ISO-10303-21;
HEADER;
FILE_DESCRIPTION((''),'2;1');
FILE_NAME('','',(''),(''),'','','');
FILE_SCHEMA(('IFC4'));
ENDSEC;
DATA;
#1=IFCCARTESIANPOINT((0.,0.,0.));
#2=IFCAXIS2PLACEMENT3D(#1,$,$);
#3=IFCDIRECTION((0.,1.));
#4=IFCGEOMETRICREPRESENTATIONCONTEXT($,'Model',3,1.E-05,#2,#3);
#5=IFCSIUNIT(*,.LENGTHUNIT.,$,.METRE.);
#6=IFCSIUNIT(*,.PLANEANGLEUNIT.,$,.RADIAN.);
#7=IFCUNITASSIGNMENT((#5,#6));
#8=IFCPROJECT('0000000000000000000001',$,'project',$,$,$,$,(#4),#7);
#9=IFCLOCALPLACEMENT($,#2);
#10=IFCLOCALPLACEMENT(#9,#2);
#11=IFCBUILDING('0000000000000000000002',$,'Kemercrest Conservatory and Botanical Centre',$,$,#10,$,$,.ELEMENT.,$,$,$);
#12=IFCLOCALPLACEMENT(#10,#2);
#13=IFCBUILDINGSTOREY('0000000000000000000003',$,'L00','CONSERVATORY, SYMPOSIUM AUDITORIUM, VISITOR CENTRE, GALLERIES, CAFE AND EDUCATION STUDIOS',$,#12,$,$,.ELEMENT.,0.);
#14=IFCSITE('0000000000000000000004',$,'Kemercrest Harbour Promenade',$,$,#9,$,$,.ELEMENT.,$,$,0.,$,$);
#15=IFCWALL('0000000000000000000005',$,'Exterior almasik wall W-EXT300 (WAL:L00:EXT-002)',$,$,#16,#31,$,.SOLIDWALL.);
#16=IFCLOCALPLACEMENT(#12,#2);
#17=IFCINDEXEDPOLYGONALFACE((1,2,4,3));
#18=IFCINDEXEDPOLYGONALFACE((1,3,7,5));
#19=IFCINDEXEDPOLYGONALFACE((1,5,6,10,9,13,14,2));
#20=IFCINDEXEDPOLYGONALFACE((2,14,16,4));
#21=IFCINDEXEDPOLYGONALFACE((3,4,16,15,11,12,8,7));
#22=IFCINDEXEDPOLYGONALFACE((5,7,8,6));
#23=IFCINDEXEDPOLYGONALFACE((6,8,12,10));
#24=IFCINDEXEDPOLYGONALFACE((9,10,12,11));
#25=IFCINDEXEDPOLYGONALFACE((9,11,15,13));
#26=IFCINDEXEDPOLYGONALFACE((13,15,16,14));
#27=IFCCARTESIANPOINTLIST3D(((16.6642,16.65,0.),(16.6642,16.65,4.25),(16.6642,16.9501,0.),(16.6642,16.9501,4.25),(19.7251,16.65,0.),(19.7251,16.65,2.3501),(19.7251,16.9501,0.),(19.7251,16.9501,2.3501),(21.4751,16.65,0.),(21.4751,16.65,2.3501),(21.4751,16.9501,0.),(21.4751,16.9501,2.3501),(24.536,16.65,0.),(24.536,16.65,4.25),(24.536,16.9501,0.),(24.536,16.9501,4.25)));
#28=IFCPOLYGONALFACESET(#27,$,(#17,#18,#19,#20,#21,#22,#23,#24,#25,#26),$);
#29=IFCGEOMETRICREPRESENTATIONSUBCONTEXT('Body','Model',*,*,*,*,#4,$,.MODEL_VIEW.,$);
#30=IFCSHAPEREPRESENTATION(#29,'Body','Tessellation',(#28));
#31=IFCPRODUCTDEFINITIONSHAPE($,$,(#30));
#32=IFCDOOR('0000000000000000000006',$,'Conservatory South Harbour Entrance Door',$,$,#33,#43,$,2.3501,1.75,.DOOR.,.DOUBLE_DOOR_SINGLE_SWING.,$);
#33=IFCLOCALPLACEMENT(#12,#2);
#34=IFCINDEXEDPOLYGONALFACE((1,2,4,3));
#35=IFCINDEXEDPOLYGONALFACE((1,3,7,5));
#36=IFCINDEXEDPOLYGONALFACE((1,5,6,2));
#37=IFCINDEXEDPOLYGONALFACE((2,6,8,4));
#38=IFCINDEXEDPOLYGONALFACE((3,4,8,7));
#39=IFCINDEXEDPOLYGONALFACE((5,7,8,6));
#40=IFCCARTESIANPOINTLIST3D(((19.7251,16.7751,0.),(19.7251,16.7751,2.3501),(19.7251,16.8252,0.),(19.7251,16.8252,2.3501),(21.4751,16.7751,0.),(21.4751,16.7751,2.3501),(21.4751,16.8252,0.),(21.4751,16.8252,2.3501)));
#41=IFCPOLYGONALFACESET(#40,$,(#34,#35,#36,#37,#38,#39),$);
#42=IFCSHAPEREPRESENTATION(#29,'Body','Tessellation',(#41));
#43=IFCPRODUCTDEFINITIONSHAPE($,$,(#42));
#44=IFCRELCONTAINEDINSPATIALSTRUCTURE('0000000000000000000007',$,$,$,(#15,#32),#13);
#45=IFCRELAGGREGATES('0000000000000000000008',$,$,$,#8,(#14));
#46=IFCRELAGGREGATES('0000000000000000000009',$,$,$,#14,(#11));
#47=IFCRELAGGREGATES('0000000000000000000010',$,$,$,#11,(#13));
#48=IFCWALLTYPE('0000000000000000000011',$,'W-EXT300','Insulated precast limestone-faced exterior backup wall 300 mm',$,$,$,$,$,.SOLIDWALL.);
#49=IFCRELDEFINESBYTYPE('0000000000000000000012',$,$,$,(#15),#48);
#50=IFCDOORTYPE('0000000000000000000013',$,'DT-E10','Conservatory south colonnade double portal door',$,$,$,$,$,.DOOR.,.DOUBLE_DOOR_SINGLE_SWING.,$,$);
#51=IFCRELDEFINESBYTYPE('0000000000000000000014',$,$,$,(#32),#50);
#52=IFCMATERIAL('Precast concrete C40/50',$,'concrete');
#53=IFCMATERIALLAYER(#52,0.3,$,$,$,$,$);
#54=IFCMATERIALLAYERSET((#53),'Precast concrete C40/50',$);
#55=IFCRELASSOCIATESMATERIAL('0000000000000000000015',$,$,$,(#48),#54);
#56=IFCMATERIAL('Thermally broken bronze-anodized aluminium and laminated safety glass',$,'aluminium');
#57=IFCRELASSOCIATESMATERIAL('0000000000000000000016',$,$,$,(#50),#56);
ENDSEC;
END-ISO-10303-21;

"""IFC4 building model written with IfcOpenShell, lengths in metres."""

from ifc_helpers import new_model, si_unit, direction, frame, frame_2d, origin, place, context, subcontext, project, spatial, rectangle, extrude, material, layer, layer_set, type_object, element, fill, save


model = new_model("IFC4")

# Units and contexts
model_context = context("Model", 3, precision=1e-05, world=origin(), true_north=direction((0.0, 1.0)))
body_context = subcontext(model_context, "Body", "Model", "MODEL_VIEW")
ifc_project = project(units=[si_unit("LENGTHUNIT", "METRE"), si_unit("PLANEANGLEUNIT", "RADIAN")], contexts=[model_context])

# Site, building, storey
site_placement = place(None, origin())
site = spatial("IfcSite", under=ifc_project, at=site_placement, Name="Kemercrest Harbour Promenade", CompositionType="ELEMENT", RefElevation=0.0)
building_placement = place(site_placement, origin())
building = spatial("IfcBuilding", under=site, at=building_placement, Name="Kemercrest Conservatory and Botanical Centre", CompositionType="ELEMENT")
storey_placement = place(building_placement, origin())
storey = spatial("IfcBuildingStorey", under=building, at=storey_placement, Name="L00", Description="CONSERVATORY, SYMPOSIUM AUDITORIUM, VISITOR CENTRE, GALLERIES, CAFE AND EDUCATION STUDIOS", CompositionType="ELEMENT", Elevation=0.0)

# Shared definitions
ifc_material_1 = material(Name="Precast concrete C40/50", Category="concrete")

# Wall, opening, door
ifc_layer_1 = layer(ifc_material_1, 0.3)
ifc_layer_set_1 = layer_set([ifc_layer_1], Name="Precast concrete C40/50")
wall_type = type_object("IfcWallType", Name="W-EXT300", Description="Insulated precast limestone-faced exterior backup wall 300 mm", PredefinedType="SOLIDWALL", material=ifc_layer_set_1)
ifc_material_2 = material(Name="Thermally broken bronze-anodized aluminium and laminated safety glass", Category="aluminium")
door_type = type_object("IfcDoorType", Name="DT-E10", Description="Conservatory south colonnade double portal door", OperationType="DOUBLE_DOOR_SINGLE_SWING", PredefinedType="DOOR", material=ifc_material_2)
wall_1_placement = place(storey_placement, frame((16.6641, 16.8, 0.0), z_axis=(0.0, 0.0, 1.0), x_axis=(1.0, 0.0, 0.0)))
wall_1 = element("IfcWall", 1, at=wall_1_placement, inside=storey, type_object=wall_type, Name="Exterior almasik wall W-EXT300 (WAL:L00:EXT-002)", PredefinedType="SOLIDWALL", context=body_context, shape_type="SweptSolid", body=[
    extrude(rectangle(XDim=7.8718, YDim=0.3, at=frame_2d((3.936, 0.0))), origin(), (0.0, 0.0, 1.0), 4.25),
])
opening_1_placement = place(wall_1_placement, frame((3.061, 0.0, 0.0)))
opening_1 = element("IfcOpeningElement", 2, at=opening_1_placement, cuts=wall_1, PredefinedType="OPENING", context=body_context, shape_type="SweptSolid", body=[
    extrude(rectangle(XDim=1.75, YDim=2.3501, at=frame_2d((0.875, 1.175))), frame((0.0, 0.1602, 0.0), z_axis=(0.0, -1.0, 0.0), x_axis=(1.0, 0.0, 0.0)), (0.0, 0.0, 1.0), 0.3201),
])
door_1_placement = place(opening_1_placement, frame((1.75, 0.0, 0.0), z_axis=(0.0, 0.0, 1.0), x_axis=(-1.0, 0.0, 0.0)))
door_1 = element("IfcDoor", 3, at=door_1_placement, inside=storey, type_object=door_type, Name="Conservatory South Harbour Entrance Door", OperationType="DOUBLE_DOOR_SINGLE_SWING", OverallHeight=2.3501, OverallWidth=1.75, PredefinedType="DOOR", context=body_context, shape_type="SweptSolid", body=[
    extrude(rectangle(XDim=1.75, YDim=2.3501, at=frame_2d((0.875, 1.175))), frame((0.0, 0.0249, 0.0), z_axis=(0.0, -1.0, 0.0), x_axis=(1.0, 0.0, 0.0)), (0.0, 0.0, 1.0), 0.05),
])
fill(opening_1, door_1)

save(model, "model.ifc")
